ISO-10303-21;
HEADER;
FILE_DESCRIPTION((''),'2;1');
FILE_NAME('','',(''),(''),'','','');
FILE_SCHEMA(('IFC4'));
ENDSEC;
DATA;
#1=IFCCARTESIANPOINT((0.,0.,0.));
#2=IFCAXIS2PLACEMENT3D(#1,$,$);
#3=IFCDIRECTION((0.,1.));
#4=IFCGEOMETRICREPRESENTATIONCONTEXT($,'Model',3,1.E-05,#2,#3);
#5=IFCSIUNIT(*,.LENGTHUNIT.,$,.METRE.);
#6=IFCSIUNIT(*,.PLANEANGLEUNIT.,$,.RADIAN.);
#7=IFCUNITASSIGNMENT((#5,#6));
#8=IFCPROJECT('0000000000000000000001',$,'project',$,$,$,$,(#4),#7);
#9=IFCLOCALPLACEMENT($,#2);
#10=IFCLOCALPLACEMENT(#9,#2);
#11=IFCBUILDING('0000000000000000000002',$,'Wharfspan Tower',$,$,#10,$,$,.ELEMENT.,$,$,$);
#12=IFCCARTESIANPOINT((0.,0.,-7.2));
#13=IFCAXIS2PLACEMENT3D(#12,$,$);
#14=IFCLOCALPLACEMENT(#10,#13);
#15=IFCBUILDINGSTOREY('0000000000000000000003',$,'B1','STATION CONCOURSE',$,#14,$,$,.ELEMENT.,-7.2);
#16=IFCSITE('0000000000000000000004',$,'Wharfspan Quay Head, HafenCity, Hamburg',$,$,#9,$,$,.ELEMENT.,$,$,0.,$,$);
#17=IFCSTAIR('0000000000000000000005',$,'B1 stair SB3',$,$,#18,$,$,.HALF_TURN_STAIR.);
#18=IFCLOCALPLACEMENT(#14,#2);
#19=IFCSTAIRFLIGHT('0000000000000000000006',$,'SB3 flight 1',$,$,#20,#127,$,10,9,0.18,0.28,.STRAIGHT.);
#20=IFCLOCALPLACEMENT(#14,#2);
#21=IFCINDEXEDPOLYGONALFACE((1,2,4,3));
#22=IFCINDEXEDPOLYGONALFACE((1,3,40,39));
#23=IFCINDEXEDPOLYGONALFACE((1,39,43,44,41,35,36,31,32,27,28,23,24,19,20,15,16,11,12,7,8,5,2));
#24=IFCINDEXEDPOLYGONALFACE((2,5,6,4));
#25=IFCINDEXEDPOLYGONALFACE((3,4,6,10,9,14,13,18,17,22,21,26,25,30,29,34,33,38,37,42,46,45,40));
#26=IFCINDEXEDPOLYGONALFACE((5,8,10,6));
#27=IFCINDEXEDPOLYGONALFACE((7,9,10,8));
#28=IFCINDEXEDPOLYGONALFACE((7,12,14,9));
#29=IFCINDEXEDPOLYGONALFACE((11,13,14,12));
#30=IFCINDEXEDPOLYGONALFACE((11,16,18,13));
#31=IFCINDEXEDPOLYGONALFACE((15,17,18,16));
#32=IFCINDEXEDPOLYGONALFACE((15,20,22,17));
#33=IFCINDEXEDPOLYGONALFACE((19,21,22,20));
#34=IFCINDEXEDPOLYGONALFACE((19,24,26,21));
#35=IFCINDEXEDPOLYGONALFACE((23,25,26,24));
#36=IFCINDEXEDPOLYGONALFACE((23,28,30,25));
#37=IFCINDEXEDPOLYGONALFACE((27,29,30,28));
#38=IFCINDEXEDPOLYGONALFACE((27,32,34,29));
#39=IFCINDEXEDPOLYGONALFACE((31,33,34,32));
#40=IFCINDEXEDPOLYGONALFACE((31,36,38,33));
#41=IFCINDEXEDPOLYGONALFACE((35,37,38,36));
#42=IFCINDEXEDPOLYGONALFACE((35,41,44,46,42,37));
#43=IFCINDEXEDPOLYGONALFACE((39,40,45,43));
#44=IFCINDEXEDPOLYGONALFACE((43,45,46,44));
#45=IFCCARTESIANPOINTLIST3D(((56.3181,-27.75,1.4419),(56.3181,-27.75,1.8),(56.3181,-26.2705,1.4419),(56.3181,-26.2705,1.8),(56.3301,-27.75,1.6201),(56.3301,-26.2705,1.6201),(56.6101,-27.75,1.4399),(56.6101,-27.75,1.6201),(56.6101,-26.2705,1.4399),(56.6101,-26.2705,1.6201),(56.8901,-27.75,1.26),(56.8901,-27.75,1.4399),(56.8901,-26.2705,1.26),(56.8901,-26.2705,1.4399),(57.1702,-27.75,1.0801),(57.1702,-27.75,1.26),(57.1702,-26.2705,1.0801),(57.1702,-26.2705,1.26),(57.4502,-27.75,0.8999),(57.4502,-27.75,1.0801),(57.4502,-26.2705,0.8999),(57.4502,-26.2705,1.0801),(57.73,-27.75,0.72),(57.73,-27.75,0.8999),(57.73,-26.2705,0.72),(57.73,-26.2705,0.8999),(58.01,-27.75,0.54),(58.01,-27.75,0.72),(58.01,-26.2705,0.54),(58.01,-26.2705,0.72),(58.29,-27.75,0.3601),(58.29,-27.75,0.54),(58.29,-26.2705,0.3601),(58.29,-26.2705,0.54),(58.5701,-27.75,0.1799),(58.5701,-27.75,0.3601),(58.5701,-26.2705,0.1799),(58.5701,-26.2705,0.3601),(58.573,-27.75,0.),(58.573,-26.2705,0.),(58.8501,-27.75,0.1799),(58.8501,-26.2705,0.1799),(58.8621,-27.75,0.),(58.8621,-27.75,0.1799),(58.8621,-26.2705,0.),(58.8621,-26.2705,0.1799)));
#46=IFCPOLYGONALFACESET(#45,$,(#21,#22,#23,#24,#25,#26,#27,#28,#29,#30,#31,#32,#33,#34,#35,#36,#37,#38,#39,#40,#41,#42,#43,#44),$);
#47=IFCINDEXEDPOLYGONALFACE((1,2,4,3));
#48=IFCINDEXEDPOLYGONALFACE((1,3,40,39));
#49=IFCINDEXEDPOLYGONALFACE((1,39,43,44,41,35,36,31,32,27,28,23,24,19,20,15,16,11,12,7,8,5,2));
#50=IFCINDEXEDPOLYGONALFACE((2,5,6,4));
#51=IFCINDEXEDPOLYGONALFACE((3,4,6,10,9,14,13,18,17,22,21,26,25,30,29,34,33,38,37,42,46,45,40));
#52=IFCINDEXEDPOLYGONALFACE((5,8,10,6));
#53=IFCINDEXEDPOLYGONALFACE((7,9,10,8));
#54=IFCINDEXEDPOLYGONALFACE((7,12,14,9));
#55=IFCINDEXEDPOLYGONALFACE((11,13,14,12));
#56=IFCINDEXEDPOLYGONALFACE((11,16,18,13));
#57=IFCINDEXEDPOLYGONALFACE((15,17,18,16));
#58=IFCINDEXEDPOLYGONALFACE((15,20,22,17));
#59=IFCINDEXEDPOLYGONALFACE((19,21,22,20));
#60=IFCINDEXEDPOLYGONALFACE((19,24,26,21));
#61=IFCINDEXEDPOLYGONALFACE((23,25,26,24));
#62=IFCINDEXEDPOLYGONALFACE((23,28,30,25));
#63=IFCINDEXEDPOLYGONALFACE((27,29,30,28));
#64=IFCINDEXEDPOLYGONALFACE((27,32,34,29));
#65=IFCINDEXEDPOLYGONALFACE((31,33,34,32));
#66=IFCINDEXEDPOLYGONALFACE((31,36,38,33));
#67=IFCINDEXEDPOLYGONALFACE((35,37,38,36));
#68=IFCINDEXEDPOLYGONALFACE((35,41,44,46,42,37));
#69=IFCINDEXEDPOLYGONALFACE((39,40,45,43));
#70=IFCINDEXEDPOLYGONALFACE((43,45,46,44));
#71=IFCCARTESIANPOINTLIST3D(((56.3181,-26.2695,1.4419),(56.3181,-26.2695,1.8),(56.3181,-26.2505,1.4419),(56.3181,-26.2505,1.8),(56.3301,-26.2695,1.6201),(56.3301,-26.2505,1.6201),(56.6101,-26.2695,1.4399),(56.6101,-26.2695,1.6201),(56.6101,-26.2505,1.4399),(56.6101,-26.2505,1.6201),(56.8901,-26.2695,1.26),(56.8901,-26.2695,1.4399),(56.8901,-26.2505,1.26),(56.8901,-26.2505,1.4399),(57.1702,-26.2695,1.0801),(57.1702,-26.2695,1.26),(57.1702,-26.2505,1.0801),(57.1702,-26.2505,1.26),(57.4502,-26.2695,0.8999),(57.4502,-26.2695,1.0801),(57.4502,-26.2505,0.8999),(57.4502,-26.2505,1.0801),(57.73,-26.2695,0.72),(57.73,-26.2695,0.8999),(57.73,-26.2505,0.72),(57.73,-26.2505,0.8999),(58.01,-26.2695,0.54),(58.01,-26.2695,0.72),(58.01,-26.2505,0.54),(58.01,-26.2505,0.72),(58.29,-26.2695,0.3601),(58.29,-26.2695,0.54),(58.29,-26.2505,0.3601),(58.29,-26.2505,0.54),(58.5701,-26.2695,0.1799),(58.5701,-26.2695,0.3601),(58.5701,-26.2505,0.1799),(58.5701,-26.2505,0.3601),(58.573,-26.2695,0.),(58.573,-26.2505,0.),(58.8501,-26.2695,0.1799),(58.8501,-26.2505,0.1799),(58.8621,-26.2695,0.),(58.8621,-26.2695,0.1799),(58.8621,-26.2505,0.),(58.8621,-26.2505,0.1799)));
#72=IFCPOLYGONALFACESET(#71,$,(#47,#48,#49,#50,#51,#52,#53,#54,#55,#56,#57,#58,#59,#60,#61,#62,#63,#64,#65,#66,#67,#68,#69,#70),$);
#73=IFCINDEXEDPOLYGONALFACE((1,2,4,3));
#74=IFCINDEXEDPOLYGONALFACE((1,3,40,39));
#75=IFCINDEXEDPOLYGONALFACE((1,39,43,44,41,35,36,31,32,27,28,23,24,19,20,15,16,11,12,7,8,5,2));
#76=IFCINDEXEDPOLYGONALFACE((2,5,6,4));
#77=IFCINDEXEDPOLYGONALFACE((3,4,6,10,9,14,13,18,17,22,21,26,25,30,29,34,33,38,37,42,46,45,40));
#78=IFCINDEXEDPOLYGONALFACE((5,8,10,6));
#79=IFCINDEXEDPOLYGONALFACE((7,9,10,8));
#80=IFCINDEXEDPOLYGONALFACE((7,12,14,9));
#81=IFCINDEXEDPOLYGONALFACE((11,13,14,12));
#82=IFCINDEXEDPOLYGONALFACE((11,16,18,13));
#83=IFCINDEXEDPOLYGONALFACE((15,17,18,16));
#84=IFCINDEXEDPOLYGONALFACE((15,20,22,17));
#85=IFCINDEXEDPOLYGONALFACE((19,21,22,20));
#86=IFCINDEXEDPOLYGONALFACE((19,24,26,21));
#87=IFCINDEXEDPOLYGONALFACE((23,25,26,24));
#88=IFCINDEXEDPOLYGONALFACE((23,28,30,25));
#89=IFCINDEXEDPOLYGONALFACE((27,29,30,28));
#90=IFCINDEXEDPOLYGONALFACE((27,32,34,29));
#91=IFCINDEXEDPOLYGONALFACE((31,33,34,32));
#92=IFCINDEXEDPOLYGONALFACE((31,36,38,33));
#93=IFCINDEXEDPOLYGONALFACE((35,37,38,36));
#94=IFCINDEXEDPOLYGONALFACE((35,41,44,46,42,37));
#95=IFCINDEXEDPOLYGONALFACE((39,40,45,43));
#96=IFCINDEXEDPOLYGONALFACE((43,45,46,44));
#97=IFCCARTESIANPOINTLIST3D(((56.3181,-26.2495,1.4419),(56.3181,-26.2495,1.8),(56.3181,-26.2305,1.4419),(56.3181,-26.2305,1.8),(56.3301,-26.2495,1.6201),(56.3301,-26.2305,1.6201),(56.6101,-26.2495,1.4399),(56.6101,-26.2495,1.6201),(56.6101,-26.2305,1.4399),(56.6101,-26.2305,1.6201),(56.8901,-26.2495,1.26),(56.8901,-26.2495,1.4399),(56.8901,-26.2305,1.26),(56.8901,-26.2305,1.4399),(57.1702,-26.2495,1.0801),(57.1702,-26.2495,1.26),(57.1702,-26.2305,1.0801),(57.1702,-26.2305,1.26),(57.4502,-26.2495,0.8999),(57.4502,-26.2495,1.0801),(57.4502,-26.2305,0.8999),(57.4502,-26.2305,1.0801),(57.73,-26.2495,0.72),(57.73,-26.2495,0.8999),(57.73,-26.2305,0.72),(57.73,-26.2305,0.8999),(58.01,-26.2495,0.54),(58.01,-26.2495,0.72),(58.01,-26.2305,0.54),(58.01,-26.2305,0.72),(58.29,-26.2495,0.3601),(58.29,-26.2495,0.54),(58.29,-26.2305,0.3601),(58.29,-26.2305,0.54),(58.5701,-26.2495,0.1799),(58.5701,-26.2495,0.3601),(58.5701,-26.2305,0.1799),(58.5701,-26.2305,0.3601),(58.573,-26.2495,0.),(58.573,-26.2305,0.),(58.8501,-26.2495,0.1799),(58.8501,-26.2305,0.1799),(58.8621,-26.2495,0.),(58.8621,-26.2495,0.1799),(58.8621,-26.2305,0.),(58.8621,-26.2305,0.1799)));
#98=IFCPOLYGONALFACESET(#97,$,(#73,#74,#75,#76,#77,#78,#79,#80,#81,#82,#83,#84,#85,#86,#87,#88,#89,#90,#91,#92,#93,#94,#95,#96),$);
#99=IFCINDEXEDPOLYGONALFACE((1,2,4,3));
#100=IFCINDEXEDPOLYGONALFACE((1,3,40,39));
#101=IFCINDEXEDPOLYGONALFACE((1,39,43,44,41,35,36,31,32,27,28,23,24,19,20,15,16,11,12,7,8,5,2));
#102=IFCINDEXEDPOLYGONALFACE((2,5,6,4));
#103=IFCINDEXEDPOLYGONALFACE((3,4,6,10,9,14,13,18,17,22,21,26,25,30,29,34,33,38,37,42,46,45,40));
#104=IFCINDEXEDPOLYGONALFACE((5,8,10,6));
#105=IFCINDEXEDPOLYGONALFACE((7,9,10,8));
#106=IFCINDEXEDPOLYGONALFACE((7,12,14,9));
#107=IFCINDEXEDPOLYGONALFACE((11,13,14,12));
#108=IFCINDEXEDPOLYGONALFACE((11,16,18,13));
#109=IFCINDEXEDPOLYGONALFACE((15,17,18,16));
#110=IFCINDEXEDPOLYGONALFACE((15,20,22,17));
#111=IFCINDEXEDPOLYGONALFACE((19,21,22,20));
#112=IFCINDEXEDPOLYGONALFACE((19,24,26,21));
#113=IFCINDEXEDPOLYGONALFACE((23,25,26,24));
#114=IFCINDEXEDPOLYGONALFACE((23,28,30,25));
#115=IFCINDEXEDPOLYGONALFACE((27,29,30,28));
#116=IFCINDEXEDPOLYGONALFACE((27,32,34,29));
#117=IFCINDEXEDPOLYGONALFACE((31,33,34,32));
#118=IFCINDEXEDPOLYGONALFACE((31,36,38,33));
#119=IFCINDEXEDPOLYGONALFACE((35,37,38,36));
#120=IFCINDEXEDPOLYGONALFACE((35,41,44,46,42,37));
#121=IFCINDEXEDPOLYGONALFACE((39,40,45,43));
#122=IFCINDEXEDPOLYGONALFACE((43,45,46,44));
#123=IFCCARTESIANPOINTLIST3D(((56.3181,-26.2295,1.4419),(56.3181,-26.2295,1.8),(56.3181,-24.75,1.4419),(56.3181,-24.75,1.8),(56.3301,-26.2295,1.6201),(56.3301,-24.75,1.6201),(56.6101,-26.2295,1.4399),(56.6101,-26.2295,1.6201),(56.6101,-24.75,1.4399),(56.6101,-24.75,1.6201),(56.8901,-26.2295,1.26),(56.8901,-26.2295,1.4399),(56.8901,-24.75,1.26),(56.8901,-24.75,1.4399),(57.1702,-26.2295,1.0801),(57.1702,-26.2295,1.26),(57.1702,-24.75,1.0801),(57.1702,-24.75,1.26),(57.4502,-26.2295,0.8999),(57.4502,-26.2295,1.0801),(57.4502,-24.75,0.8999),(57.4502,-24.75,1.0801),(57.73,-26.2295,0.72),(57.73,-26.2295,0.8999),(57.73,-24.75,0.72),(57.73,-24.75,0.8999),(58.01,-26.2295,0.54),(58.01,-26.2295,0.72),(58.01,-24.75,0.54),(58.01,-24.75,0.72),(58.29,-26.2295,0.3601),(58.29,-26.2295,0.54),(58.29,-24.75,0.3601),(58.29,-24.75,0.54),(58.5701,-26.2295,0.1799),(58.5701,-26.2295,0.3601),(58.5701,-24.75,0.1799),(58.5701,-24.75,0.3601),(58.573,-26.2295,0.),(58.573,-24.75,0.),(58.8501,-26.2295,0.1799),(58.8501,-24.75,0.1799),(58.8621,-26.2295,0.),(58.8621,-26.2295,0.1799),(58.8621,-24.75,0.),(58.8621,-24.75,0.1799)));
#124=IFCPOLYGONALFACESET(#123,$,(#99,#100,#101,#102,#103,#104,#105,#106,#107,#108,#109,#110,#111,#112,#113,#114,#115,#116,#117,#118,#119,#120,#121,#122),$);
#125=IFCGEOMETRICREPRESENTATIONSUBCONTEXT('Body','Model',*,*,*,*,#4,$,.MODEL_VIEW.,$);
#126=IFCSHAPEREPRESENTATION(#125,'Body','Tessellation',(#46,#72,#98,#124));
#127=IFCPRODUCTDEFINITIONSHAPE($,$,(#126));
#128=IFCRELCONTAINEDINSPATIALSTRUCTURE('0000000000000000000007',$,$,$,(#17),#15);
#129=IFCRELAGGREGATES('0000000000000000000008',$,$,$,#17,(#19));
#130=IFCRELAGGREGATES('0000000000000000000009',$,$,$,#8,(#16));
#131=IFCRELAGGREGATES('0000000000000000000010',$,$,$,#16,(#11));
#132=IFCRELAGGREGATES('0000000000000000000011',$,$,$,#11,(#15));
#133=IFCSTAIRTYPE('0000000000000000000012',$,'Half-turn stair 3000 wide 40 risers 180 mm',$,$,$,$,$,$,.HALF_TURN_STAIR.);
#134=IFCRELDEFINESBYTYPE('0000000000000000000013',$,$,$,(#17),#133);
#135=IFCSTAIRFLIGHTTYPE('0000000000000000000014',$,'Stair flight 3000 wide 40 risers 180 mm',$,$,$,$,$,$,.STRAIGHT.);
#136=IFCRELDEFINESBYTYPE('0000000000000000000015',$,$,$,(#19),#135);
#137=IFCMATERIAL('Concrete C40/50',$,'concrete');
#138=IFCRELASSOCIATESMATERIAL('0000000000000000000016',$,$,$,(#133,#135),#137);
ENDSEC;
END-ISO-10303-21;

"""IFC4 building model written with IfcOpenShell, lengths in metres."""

from ifc_helpers import new_model, si_unit, direction, frame, origin, place, context, subcontext, project, spatial, polyline, outline, extrude, material, type_object, element, aggregate, save


model = new_model("IFC4")

# Units and contexts
model_context = context("Model", 3, precision=1e-05, world=origin(), true_north=direction((0.0, 1.0)))
body_context = subcontext(model_context, "Body", "Model", "MODEL_VIEW")
ifc_project = project(units=[si_unit("LENGTHUNIT", "METRE"), si_unit("PLANEANGLEUNIT", "RADIAN")], contexts=[model_context])

# Site, building, storey
site_placement = place(None, origin())
site = spatial("IfcSite", under=ifc_project, at=site_placement, Name="Wharfspan Quay Head, HafenCity, Hamburg", CompositionType="ELEMENT", RefElevation=0.0)
building_placement = place(site_placement, origin())
building = spatial("IfcBuilding", under=site, at=building_placement, Name="Wharfspan Tower", CompositionType="ELEMENT")
storey_placement = place(building_placement, frame((0.0, 0.0, -7.2)))
storey = spatial("IfcBuildingStorey", under=building, at=storey_placement, Name="B1", Description="STATION CONCOURSE", CompositionType="ELEMENT", Elevation=-7.2)

# Stair, stair flight
ifc_material_1 = material(Name="Concrete C40/50", Category="concrete")
stair_type = type_object("IfcStairType", Name="Half-turn stair 3000 wide 40 risers 180 mm", PredefinedType="HALF_TURN_STAIR", material=ifc_material_1)
stair_placement = place(storey_placement, origin())
stair = element("IfcStair", 1, at=stair_placement, inside=storey, type_object=stair_type, Name="B1 stair SB3", PredefinedType="HALF_TURN_STAIR")
stair_flight_type = type_object("IfcStairFlightType", Name="Stair flight 3000 wide 40 risers 180 mm", PredefinedType="STRAIGHT", material=ifc_material_1)
stair_flight_1_placement = place(storey_placement, frame((58.8501, -26.25, 0.0), z_axis=(0.0, 0.0, 1.0), x_axis=(-1.0, 0.0, 0.0)))
stair_flight_1 = element("IfcStairFlight", 2, at=stair_flight_1_placement, type_object=stair_flight_type, Name="SB3 flight 1", NumberOfRisers=10, NumberOfTreads=9, PredefinedType="STRAIGHT", RiserHeight=0.18, TreadLength=0.28, context=body_context, shape_type="SweptSolid", body=[
    extrude(outline(polyline([(-0.012, 0.0), (-0.012, 0.1799), (0.0, 0.1799), (0.28, 0.1799), (0.28, 0.3601), (0.5601, 0.3601), (0.5601, 0.54), (0.8401, 0.54), (0.8401, 0.72), (1.1201, 0.72), (1.1201, 0.8999), (1.3999, 0.8999), (1.3999, 1.0801), (1.6799, 1.0801), (1.6799, 1.26), (1.96, 1.26), (1.96, 1.4399), (2.24, 1.4399), (2.24, 1.6201), (2.52, 1.6201), (2.532, 1.8), (2.532, 1.4419), (0.2771, 0.0), (-0.012, 0.0)])), frame((0.0, 1.5, 0.0), z_axis=(0.0, -1.0, 0.0), x_axis=(1.0, 0.0, 0.0)), (0.0, 0.0, 1.0), 1.4795),
    extrude(outline(polyline([(-0.012, 0.0), (-0.012, 0.1799), (0.0, 0.1799), (0.28, 0.1799), (0.28, 0.3601), (0.5601, 0.3601), (0.5601, 0.54), (0.8401, 0.54), (0.8401, 0.72), (1.1201, 0.72), (1.1201, 0.8999), (1.3999, 0.8999), (1.3999, 1.0801), (1.6799, 1.0801), (1.6799, 1.26), (1.96, 1.26), (1.96, 1.4399), (2.24, 1.4399), (2.24, 1.6201), (2.52, 1.6201), (2.532, 1.8), (2.532, 1.4419), (0.2771, 0.0), (-0.012, 0.0)])), frame((0.0, 0.0195, 0.0), z_axis=(0.0, -1.0, 0.0), x_axis=(1.0, 0.0, 0.0)), (0.0, 0.0, 1.0), 0.019),
    extrude(outline(polyline([(-0.012, 0.0), (-0.012, 0.1799), (0.0, 0.1799), (0.28, 0.1799), (0.28, 0.3601), (0.5601, 0.3601), (0.5601, 0.54), (0.8401, 0.54), (0.8401, 0.72), (1.1201, 0.72), (1.1201, 0.8999), (1.3999, 0.8999), (1.3999, 1.0801), (1.6799, 1.0801), (1.6799, 1.26), (1.96, 1.26), (1.96, 1.4399), (2.24, 1.4399), (2.24, 1.6201), (2.52, 1.6201), (2.532, 1.8), (2.532, 1.4419), (0.2771, 0.0), (-0.012, 0.0)])), frame((0.0, -0.0005, 0.0), z_axis=(0.0, -1.0, 0.0), x_axis=(1.0, 0.0, 0.0)), (0.0, 0.0, 1.0), 0.019),
    extrude(outline(polyline([(-0.012, 0.0), (-0.012, 0.1799), (0.0, 0.1799), (0.28, 0.1799), (0.28, 0.3601), (0.5601, 0.3601), (0.5601, 0.54), (0.8401, 0.54), (0.8401, 0.72), (1.1201, 0.72), (1.1201, 0.8999), (1.3999, 0.8999), (1.3999, 1.0801), (1.6799, 1.0801), (1.6799, 1.26), (1.96, 1.26), (1.96, 1.4399), (2.24, 1.4399), (2.24, 1.6201), (2.52, 1.6201), (2.532, 1.8), (2.532, 1.4419), (0.2771, 0.0), (-0.012, 0.0)])), frame((0.0, -0.0205, 0.0), z_axis=(0.0, -1.0, 0.0), x_axis=(1.0, 0.0, 0.0)), (0.0, 0.0, 1.0), 1.4795),
])
aggregate(stair, [stair_flight_1])

save(model, "model.ifc")
